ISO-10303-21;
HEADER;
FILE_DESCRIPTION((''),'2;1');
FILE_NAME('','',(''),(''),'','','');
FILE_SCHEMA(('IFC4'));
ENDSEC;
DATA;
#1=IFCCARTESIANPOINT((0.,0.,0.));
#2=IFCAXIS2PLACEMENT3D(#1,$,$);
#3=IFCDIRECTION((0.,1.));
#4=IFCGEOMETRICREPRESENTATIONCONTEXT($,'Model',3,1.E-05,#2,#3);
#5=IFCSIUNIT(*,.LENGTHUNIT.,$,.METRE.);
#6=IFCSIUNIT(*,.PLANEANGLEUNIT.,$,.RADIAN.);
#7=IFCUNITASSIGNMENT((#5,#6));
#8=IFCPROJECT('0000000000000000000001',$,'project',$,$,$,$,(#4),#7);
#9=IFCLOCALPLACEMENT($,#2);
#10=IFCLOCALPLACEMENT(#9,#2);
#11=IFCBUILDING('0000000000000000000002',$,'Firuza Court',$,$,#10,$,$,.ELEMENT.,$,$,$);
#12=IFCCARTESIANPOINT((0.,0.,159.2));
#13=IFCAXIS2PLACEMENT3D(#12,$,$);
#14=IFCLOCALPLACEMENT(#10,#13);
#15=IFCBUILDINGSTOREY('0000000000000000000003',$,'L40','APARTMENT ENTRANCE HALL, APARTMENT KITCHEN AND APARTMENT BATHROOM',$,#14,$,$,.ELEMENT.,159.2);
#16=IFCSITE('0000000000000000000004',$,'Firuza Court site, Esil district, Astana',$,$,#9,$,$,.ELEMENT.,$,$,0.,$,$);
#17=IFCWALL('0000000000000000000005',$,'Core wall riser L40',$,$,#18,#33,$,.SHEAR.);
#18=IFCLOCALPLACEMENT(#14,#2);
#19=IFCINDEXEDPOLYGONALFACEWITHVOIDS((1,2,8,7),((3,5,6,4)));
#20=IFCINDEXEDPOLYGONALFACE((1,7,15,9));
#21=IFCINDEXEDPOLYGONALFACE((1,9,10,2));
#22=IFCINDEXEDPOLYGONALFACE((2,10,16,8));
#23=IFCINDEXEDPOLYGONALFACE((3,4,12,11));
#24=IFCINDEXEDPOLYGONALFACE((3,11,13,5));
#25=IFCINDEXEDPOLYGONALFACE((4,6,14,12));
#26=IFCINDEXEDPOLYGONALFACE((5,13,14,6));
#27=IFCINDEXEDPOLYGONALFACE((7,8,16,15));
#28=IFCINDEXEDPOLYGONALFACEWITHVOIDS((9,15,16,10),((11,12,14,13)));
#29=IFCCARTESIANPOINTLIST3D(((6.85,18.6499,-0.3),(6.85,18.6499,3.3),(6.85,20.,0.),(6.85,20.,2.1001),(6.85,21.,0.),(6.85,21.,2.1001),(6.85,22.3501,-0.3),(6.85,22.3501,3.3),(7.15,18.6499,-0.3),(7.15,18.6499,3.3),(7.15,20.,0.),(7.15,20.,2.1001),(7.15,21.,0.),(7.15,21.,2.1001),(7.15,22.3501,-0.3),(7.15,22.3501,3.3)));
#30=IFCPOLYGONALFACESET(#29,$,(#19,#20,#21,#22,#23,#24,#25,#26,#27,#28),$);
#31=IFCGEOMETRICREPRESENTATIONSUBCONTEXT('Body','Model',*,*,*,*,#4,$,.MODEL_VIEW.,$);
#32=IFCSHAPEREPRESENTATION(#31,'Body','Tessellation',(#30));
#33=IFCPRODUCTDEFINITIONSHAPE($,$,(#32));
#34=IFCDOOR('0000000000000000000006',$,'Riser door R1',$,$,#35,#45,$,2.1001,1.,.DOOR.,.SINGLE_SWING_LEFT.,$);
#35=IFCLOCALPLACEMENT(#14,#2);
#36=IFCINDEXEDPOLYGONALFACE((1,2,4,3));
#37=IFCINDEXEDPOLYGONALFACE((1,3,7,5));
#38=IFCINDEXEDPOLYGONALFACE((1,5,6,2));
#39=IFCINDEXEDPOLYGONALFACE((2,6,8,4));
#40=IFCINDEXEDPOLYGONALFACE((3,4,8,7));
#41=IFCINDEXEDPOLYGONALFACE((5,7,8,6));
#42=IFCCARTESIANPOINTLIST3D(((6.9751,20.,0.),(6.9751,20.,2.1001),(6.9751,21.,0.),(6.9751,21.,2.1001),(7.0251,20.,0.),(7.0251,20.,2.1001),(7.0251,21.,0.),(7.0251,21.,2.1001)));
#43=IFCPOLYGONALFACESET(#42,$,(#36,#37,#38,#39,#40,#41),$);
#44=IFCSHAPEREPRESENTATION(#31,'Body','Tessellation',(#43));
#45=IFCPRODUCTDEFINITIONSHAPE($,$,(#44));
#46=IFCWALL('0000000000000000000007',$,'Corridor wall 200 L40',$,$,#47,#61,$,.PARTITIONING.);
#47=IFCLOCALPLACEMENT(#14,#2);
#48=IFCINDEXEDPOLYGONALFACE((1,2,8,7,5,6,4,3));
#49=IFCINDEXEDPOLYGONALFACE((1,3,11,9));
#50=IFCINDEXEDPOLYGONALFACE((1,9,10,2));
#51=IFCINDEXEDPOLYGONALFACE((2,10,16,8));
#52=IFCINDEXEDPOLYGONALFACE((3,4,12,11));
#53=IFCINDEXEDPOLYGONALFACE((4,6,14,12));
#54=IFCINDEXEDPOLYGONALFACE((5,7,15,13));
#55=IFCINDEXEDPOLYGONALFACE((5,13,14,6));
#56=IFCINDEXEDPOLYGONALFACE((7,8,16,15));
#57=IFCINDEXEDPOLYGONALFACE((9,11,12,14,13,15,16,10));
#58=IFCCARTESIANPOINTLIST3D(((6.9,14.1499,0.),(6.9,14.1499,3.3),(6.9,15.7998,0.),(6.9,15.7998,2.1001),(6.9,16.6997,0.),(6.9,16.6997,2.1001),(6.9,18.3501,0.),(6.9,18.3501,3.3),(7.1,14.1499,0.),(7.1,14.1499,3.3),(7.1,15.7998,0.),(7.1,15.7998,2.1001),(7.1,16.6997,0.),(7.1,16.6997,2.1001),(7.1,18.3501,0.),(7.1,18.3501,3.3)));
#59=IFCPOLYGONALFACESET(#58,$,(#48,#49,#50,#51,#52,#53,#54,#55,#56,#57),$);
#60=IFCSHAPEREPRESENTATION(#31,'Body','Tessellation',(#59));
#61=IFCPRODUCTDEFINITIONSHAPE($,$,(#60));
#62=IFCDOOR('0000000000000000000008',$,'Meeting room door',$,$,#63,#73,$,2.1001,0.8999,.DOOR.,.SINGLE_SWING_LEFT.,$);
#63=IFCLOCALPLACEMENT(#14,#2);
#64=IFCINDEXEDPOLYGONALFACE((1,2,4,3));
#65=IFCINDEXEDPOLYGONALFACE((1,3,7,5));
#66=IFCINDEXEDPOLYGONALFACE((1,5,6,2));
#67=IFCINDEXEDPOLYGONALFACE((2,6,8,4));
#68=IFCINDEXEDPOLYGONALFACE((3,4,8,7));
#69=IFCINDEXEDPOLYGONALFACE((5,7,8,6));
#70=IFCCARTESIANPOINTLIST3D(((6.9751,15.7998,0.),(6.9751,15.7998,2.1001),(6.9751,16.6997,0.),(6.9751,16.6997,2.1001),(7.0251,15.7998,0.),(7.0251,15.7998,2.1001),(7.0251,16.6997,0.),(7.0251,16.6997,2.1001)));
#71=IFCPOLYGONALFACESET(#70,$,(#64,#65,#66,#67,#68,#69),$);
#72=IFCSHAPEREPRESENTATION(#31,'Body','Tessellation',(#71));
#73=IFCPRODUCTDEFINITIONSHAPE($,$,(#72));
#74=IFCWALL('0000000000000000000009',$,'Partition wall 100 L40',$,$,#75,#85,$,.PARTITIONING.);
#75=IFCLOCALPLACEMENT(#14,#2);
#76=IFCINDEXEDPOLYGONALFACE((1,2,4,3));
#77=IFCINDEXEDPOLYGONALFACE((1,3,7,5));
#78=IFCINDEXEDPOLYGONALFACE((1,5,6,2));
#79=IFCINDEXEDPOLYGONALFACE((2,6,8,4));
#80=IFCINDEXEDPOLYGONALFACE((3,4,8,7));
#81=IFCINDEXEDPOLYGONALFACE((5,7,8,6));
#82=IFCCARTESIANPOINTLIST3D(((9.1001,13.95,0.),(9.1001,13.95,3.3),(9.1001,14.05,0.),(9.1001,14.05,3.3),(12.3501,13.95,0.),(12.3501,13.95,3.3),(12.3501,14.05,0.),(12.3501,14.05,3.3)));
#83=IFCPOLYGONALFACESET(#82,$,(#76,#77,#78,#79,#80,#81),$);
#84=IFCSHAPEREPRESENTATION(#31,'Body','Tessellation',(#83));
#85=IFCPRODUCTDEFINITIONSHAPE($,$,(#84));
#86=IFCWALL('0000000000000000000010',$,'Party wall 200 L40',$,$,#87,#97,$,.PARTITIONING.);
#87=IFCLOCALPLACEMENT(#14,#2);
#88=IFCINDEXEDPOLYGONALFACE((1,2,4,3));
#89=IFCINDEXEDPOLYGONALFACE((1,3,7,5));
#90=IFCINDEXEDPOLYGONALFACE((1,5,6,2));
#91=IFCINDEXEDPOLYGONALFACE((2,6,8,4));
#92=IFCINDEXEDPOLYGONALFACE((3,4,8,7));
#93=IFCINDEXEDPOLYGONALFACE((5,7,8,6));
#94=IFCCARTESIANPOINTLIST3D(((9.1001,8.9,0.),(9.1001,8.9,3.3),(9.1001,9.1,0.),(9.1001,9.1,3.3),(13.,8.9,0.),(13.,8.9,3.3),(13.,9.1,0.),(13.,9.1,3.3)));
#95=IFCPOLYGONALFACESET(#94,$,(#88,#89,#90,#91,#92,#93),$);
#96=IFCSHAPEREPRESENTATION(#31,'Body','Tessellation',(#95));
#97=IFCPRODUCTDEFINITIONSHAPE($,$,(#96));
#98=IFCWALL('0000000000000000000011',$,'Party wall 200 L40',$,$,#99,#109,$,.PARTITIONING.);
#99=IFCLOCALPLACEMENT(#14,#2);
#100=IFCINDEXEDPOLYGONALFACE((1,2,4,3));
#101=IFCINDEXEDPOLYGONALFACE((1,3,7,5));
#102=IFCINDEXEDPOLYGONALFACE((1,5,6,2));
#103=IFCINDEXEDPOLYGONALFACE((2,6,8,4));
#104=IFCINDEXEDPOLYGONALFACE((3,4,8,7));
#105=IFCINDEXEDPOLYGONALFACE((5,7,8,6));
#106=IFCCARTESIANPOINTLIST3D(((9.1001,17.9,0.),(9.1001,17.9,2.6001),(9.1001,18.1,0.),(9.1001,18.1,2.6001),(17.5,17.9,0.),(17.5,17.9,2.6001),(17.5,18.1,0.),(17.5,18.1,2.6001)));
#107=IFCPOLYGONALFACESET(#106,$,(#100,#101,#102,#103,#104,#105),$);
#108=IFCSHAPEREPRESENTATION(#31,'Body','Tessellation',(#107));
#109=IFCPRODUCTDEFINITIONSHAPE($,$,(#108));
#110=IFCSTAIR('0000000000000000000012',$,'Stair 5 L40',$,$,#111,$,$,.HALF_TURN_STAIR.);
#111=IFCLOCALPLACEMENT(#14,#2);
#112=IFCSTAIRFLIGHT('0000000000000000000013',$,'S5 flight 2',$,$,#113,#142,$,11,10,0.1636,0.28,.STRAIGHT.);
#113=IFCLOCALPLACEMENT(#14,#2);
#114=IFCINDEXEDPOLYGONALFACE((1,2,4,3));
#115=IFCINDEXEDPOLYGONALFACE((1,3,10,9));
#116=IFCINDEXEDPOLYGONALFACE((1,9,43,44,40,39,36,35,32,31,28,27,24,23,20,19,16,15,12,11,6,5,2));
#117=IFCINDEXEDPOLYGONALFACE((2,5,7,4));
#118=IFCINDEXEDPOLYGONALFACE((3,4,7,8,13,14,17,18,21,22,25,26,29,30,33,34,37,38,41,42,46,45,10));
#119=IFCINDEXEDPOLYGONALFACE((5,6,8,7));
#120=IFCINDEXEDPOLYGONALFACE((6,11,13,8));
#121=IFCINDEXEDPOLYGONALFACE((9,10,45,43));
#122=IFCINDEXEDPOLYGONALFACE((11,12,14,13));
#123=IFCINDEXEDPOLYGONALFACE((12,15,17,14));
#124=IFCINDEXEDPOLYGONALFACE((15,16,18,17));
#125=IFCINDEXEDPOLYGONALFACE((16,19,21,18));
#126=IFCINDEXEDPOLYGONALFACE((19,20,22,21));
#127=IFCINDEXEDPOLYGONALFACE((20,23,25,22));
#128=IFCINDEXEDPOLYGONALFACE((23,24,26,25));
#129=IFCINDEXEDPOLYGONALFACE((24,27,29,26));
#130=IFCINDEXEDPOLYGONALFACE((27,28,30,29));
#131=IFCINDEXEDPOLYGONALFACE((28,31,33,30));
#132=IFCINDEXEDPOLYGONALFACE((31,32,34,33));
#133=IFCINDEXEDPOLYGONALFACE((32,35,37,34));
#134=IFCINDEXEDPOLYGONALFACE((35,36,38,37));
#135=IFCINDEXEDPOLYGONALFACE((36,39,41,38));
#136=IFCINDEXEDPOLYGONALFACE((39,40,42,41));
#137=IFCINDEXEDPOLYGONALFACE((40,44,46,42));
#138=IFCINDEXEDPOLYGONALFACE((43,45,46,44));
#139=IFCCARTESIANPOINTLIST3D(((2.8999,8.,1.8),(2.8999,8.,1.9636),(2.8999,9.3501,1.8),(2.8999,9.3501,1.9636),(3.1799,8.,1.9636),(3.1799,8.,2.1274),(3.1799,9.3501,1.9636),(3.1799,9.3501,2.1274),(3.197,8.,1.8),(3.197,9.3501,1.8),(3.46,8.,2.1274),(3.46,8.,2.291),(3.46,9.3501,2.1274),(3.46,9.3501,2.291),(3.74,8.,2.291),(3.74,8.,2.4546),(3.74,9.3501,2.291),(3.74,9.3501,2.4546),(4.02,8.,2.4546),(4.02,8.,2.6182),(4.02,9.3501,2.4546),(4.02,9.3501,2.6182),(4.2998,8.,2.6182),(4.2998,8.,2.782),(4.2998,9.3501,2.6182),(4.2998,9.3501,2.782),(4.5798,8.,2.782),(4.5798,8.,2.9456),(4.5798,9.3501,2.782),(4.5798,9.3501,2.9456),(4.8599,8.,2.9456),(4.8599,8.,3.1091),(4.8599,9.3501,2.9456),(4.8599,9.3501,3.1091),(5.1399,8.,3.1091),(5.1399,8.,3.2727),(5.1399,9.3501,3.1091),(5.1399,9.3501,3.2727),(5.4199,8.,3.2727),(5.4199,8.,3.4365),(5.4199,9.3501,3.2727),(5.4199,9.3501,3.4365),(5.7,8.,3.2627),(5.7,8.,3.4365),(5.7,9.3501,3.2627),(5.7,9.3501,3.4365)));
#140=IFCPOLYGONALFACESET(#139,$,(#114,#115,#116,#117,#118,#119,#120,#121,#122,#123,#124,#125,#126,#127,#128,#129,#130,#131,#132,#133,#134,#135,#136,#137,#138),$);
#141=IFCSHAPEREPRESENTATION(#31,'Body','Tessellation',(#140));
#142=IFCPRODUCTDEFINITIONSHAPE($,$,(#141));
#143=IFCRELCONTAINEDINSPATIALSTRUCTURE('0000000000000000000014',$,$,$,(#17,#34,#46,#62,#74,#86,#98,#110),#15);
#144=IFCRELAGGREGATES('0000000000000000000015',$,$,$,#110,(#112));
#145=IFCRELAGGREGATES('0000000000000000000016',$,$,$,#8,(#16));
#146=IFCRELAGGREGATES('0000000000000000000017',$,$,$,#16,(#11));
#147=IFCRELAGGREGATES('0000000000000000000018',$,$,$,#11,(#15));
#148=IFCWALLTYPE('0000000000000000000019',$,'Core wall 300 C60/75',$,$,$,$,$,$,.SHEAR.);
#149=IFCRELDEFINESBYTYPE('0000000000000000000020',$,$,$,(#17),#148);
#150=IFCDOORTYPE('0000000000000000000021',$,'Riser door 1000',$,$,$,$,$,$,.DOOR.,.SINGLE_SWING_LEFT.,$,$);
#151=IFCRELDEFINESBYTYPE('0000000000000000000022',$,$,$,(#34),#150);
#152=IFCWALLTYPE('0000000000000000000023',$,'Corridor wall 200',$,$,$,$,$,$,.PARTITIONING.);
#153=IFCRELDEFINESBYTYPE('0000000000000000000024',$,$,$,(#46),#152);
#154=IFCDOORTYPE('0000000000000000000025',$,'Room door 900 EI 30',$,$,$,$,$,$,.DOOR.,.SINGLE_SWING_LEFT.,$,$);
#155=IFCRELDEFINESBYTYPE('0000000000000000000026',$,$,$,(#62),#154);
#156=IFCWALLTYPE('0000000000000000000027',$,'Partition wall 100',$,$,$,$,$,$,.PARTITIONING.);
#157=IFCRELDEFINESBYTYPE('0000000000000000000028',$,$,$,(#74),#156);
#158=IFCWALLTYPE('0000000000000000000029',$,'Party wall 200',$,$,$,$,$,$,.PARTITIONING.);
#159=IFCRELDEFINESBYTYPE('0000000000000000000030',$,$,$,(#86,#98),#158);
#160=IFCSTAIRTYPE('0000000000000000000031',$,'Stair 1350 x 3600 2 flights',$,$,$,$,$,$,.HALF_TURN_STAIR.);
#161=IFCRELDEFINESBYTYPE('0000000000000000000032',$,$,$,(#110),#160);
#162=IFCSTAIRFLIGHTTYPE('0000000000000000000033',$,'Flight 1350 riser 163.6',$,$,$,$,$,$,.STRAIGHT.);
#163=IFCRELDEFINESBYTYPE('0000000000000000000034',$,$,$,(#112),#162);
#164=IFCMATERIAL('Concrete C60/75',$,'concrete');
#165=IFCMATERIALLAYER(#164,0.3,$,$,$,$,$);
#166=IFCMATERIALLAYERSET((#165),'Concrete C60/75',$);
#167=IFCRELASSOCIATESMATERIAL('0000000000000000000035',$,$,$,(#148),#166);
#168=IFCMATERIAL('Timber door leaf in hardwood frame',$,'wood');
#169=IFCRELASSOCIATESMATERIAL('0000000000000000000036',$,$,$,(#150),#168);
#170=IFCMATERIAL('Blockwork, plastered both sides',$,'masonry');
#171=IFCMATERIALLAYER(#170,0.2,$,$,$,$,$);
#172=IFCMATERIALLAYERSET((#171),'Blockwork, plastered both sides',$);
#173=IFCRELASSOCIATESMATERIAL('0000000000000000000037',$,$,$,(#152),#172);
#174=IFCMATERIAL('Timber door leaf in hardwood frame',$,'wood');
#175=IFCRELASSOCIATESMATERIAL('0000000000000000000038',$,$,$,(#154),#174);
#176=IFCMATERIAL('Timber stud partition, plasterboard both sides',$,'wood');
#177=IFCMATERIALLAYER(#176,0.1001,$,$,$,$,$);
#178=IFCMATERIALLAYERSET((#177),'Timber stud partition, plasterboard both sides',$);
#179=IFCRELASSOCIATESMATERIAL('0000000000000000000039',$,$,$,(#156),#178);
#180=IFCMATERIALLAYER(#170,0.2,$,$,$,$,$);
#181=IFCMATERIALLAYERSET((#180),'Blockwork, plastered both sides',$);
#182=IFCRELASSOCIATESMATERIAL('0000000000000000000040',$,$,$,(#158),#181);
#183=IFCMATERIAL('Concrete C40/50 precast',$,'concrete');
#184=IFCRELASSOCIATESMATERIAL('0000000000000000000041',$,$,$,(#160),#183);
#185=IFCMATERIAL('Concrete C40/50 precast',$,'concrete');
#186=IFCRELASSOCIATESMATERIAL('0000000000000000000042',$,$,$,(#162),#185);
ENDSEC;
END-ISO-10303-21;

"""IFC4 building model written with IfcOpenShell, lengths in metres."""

from ifc_helpers import new_model, si_unit, direction, frame, frame_2d, origin, place, context, subcontext, project, spatial, polyline, rectangle, outline, extrude, material, layer, layer_set, type_object, element, fill, aggregate, save


model = new_model("IFC4")

# Units and contexts
model_context = context("Model", 3, precision=1e-05, world=origin(), true_north=direction((0.0, 1.0)))
body_context = subcontext(model_context, "Body", "Model", "MODEL_VIEW")
ifc_project = project(units=[si_unit("LENGTHUNIT", "METRE"), si_unit("PLANEANGLEUNIT", "RADIAN")], contexts=[model_context])

# Site, building, storey
site_placement = place(None, origin())
site = spatial("IfcSite", under=ifc_project, at=site_placement, Name="Firuza Court site, Esil district, Astana", CompositionType="ELEMENT", RefElevation=0.0)
building_placement = place(site_placement, origin())
building = spatial("IfcBuilding", under=site, at=building_placement, Name="Firuza Court", CompositionType="ELEMENT")
storey_placement = place(building_placement, frame((0.0, 0.0, 159.2)))
storey = spatial("IfcBuildingStorey", under=building, at=storey_placement, Name="L40", Description="APARTMENT ENTRANCE HALL, APARTMENT KITCHEN AND APARTMENT BATHROOM", CompositionType="ELEMENT", Elevation=159.2)

# Shared definitions
ifc_material_1 = material(Name="Concrete C60/75", Category="concrete")
ifc_layer_1 = layer(ifc_material_1, 0.3)
ifc_layer_set_1 = layer_set([ifc_layer_1], Name="Concrete C60/75")
wall_type_1 = type_object("IfcWallType", Name="Core wall 300 C60/75", PredefinedType="SHEAR", material=ifc_layer_set_1)

# Walls, openings, doors
ifc_material_2 = material(Name="Timber door leaf in hardwood frame", Category="wood")
door_type_1 = type_object("IfcDoorType", Name="Riser door 1000", OperationType="SINGLE_SWING_LEFT", PredefinedType="DOOR", material=ifc_material_2)
wall_1_placement = place(storey_placement, frame((7.0, 18.6499, -0.3), z_axis=(0.0, 0.0, 1.0), x_axis=(0.0, 1.0, 0.0)))
wall_1 = element("IfcWall", 1, at=wall_1_placement, inside=storey, type_object=wall_type_1, Name="Core wall riser L40", PredefinedType="SHEAR", context=body_context, shape_type="SweptSolid", body=[
    extrude(rectangle(XDim=3.7002, YDim=0.3, at=frame_2d((1.8501, 0.0))), origin(), (0.0, 0.0, 1.0), 3.6001),
])
opening_1_placement = place(wall_1_placement, frame((1.3501, 0.0, 0.3)))
opening_1 = element("IfcOpeningElement", 2, at=opening_1_placement, cuts=wall_1, PredefinedType="OPENING", context=body_context, shape_type="SweptSolid", body=[
    extrude(rectangle(XDim=1.0, YDim=2.1001, at=frame_2d((0.5, 1.05))), frame((0.0, 0.1621, 0.0), z_axis=(0.0, -1.0, 0.0), x_axis=(1.0, 0.0, 0.0)), (0.0, 0.0, 1.0), 0.324),
])
door_1_placement = place(opening_1_placement, origin())
door_1 = element("IfcDoor", 3, at=door_1_placement, inside=storey, type_object=door_type_1, Name="Riser door R1", OperationType="SINGLE_SWING_LEFT", OverallHeight=2.1001, OverallWidth=1.0, PredefinedType="DOOR", context=body_context, shape_type="SweptSolid", body=[
    extrude(rectangle(XDim=1.0, YDim=2.1001, at=frame_2d((0.5, 1.05))), frame((0.0, 0.0249, 0.0), z_axis=(0.0, -1.0, 0.0), x_axis=(1.0, 0.0, 0.0)), (0.0, 0.0, 1.0), 0.05),
])
fill(opening_1, door_1)
ifc_material_3 = material(Name="Blockwork, plastered both sides", Category="masonry")
ifc_layer_2 = layer(ifc_material_3, 0.2)
ifc_layer_set_2 = layer_set([ifc_layer_2], Name="Blockwork, plastered both sides")
wall_type_2 = type_object("IfcWallType", Name="Corridor wall 200", PredefinedType="PARTITIONING", material=ifc_layer_set_2)
wall_2_placement = place(storey_placement, frame((7.0, 14.1499, 0.0), z_axis=(0.0, 0.0, 1.0), x_axis=(0.0, 1.0, 0.0)))
wall_2 = element("IfcWall", 4, at=wall_2_placement, inside=storey, type_object=wall_type_2, Name="Corridor wall 200 L40", PredefinedType="PARTITIONING", context=body_context, shape_type="SweptSolid", body=[
    extrude(rectangle(XDim=4.2002, YDim=0.2, at=frame_2d((2.1001, 0.0))), origin(), (0.0, 0.0, 1.0), 3.3),
])
opening_2_placement = place(wall_2_placement, frame((1.6499, 0.0, 0.0)))
opening_2 = element("IfcOpeningElement", 5, at=opening_2_placement, cuts=wall_2, PredefinedType="OPENING", context=body_context, shape_type="SweptSolid", body=[
    extrude(rectangle(XDim=0.8999, YDim=2.1001, at=frame_2d((0.45, 1.05))), frame((0.0, 0.1118, 0.0), z_axis=(0.0, -1.0, 0.0), x_axis=(1.0, 0.0, 0.0)), (0.0, 0.0, 1.0), 0.2239),
])
ifc_material_4 = material(Name="Timber door leaf in hardwood frame", Category="wood")
door_type_2 = type_object("IfcDoorType", Name="Room door 900 EI 30", OperationType="SINGLE_SWING_LEFT", PredefinedType="DOOR", material=ifc_material_4)
door_2_placement = place(opening_2_placement, origin())
door_2 = element("IfcDoor", 6, at=door_2_placement, inside=storey, type_object=door_type_2, Name="Meeting room door", OperationType="SINGLE_SWING_LEFT", OverallHeight=2.1001, OverallWidth=0.8999, PredefinedType="DOOR", context=body_context, shape_type="SweptSolid", body=[
    extrude(rectangle(XDim=0.8999, YDim=2.1001, at=frame_2d((0.45, 1.05))), frame((0.0, 0.0249, 0.0), z_axis=(0.0, -1.0, 0.0), x_axis=(1.0, 0.0, 0.0)), (0.0, 0.0, 1.0), 0.05),
])
fill(opening_2, door_2)

# Walls
ifc_material_5 = material(Name="Timber stud partition, plasterboard both sides", Category="wood")
ifc_layer_3 = layer(ifc_material_5, 0.1001)
ifc_layer_set_3 = layer_set([ifc_layer_3], Name="Timber stud partition, plasterboard both sides")
wall_type_3 = type_object("IfcWallType", Name="Partition wall 100", PredefinedType="PARTITIONING", material=ifc_layer_set_3)
wall_3_placement = place(storey_placement, frame((9.1001, 14.0, 0.0), z_axis=(0.0, 0.0, 1.0), x_axis=(1.0, 0.0, 0.0)))
element("IfcWall", 7, at=wall_3_placement, inside=storey, type_object=wall_type_3, Name="Partition wall 100 L40", PredefinedType="PARTITIONING", context=body_context, shape_type="SweptSolid", body=[
    extrude(rectangle(XDim=3.25, YDim=0.1001, at=frame_2d((1.625, 0.0))), origin(), (0.0, 0.0, 1.0), 3.3),
])
ifc_layer_4 = layer(ifc_material_3, 0.2)
ifc_layer_set_4 = layer_set([ifc_layer_4], Name="Blockwork, plastered both sides")
wall_type_4 = type_object("IfcWallType", Name="Party wall 200", PredefinedType="PARTITIONING", material=ifc_layer_set_4)
wall_4_placement = place(storey_placement, frame((9.1001, 9.0, 0.0), z_axis=(0.0, 0.0, 1.0), x_axis=(1.0, 0.0, 0.0)))
element("IfcWall", 8, at=wall_4_placement, inside=storey, type_object=wall_type_4, Name="Party wall 200 L40", PredefinedType="PARTITIONING", context=body_context, shape_type="SweptSolid", body=[
    extrude(rectangle(XDim=3.8999, YDim=0.2, at=frame_2d((1.95, 0.0))), origin(), (0.0, 0.0, 1.0), 3.3),
])
wall_5_placement = place(storey_placement, frame((9.1001, 18.0, 0.0), z_axis=(0.0, 0.0, 1.0), x_axis=(1.0, 0.0, 0.0)))
element("IfcWall", 9, at=wall_5_placement, inside=storey, type_object=wall_type_4, Name="Party wall 200 L40", PredefinedType="PARTITIONING", context=body_context, shape_type="SweptSolid", body=[
    extrude(rectangle(XDim=8.3999, YDim=0.2, at=frame_2d((4.2, 0.0))), origin(), (0.0, 0.0, 1.0), 2.6001),
])

# Stair, stair flight
ifc_material_6 = material(Name="Concrete C40/50 precast", Category="concrete")
stair_type = type_object("IfcStairType", Name="Stair 1350 x 3600 2 flights", PredefinedType="HALF_TURN_STAIR", material=ifc_material_6)
stair_placement = place(storey_placement, origin())
stair = element("IfcStair", 10, at=stair_placement, inside=storey, type_object=stair_type, Name="Stair 5 L40", PredefinedType="HALF_TURN_STAIR")
ifc_material_7 = material(Name="Concrete C40/50 precast", Category="concrete")
stair_flight_type = type_object("IfcStairFlightType", Name="Flight 1350 riser 163.6", PredefinedType="STRAIGHT", material=ifc_material_7)
stair_flight_placement = place(storey_placement, frame((2.8999, 8.675, 1.8), z_axis=(0.0, 0.0, 1.0), x_axis=(1.0, 0.0, 0.0)))
stair_flight = element("IfcStairFlight", 11, at=stair_flight_placement, type_object=stair_flight_type, Name="S5 flight 2", NumberOfRisers=11, NumberOfTreads=10, PredefinedType="STRAIGHT", RiserHeight=0.1636, TreadLength=0.28, context=body_context, shape_type="SweptSolid", body=[
    extrude(outline(polyline([(0.0, 0.0), (0.0, 0.1636), (0.28, 0.1636), (0.28, 0.3274), (0.5601, 0.3274), (0.5601, 0.491), (0.8401, 0.491), (0.8401, 0.6545), (1.1201, 0.6545), (1.1201, 0.8181), (1.3999, 0.8181), (1.3999, 0.9819), (1.6799, 0.9819), (1.6799, 1.1455), (1.96, 1.1455), (1.96, 1.3091), (2.24, 1.3091), (2.24, 1.4727), (2.52, 1.4727), (2.52, 1.6365), (2.8, 1.6365), (2.8, 1.8), (2.8, 1.4626), (0.2971, 0.0), (0.0, 0.0)])), frame((0.0, 0.675, 0.0), z_axis=(0.0, -1.0, 0.0), x_axis=(1.0, 0.0, 0.0)), (0.0, 0.0, 1.0), 1.3501),
])
aggregate(stair, [stair_flight])

save(model, "model.ifc")
